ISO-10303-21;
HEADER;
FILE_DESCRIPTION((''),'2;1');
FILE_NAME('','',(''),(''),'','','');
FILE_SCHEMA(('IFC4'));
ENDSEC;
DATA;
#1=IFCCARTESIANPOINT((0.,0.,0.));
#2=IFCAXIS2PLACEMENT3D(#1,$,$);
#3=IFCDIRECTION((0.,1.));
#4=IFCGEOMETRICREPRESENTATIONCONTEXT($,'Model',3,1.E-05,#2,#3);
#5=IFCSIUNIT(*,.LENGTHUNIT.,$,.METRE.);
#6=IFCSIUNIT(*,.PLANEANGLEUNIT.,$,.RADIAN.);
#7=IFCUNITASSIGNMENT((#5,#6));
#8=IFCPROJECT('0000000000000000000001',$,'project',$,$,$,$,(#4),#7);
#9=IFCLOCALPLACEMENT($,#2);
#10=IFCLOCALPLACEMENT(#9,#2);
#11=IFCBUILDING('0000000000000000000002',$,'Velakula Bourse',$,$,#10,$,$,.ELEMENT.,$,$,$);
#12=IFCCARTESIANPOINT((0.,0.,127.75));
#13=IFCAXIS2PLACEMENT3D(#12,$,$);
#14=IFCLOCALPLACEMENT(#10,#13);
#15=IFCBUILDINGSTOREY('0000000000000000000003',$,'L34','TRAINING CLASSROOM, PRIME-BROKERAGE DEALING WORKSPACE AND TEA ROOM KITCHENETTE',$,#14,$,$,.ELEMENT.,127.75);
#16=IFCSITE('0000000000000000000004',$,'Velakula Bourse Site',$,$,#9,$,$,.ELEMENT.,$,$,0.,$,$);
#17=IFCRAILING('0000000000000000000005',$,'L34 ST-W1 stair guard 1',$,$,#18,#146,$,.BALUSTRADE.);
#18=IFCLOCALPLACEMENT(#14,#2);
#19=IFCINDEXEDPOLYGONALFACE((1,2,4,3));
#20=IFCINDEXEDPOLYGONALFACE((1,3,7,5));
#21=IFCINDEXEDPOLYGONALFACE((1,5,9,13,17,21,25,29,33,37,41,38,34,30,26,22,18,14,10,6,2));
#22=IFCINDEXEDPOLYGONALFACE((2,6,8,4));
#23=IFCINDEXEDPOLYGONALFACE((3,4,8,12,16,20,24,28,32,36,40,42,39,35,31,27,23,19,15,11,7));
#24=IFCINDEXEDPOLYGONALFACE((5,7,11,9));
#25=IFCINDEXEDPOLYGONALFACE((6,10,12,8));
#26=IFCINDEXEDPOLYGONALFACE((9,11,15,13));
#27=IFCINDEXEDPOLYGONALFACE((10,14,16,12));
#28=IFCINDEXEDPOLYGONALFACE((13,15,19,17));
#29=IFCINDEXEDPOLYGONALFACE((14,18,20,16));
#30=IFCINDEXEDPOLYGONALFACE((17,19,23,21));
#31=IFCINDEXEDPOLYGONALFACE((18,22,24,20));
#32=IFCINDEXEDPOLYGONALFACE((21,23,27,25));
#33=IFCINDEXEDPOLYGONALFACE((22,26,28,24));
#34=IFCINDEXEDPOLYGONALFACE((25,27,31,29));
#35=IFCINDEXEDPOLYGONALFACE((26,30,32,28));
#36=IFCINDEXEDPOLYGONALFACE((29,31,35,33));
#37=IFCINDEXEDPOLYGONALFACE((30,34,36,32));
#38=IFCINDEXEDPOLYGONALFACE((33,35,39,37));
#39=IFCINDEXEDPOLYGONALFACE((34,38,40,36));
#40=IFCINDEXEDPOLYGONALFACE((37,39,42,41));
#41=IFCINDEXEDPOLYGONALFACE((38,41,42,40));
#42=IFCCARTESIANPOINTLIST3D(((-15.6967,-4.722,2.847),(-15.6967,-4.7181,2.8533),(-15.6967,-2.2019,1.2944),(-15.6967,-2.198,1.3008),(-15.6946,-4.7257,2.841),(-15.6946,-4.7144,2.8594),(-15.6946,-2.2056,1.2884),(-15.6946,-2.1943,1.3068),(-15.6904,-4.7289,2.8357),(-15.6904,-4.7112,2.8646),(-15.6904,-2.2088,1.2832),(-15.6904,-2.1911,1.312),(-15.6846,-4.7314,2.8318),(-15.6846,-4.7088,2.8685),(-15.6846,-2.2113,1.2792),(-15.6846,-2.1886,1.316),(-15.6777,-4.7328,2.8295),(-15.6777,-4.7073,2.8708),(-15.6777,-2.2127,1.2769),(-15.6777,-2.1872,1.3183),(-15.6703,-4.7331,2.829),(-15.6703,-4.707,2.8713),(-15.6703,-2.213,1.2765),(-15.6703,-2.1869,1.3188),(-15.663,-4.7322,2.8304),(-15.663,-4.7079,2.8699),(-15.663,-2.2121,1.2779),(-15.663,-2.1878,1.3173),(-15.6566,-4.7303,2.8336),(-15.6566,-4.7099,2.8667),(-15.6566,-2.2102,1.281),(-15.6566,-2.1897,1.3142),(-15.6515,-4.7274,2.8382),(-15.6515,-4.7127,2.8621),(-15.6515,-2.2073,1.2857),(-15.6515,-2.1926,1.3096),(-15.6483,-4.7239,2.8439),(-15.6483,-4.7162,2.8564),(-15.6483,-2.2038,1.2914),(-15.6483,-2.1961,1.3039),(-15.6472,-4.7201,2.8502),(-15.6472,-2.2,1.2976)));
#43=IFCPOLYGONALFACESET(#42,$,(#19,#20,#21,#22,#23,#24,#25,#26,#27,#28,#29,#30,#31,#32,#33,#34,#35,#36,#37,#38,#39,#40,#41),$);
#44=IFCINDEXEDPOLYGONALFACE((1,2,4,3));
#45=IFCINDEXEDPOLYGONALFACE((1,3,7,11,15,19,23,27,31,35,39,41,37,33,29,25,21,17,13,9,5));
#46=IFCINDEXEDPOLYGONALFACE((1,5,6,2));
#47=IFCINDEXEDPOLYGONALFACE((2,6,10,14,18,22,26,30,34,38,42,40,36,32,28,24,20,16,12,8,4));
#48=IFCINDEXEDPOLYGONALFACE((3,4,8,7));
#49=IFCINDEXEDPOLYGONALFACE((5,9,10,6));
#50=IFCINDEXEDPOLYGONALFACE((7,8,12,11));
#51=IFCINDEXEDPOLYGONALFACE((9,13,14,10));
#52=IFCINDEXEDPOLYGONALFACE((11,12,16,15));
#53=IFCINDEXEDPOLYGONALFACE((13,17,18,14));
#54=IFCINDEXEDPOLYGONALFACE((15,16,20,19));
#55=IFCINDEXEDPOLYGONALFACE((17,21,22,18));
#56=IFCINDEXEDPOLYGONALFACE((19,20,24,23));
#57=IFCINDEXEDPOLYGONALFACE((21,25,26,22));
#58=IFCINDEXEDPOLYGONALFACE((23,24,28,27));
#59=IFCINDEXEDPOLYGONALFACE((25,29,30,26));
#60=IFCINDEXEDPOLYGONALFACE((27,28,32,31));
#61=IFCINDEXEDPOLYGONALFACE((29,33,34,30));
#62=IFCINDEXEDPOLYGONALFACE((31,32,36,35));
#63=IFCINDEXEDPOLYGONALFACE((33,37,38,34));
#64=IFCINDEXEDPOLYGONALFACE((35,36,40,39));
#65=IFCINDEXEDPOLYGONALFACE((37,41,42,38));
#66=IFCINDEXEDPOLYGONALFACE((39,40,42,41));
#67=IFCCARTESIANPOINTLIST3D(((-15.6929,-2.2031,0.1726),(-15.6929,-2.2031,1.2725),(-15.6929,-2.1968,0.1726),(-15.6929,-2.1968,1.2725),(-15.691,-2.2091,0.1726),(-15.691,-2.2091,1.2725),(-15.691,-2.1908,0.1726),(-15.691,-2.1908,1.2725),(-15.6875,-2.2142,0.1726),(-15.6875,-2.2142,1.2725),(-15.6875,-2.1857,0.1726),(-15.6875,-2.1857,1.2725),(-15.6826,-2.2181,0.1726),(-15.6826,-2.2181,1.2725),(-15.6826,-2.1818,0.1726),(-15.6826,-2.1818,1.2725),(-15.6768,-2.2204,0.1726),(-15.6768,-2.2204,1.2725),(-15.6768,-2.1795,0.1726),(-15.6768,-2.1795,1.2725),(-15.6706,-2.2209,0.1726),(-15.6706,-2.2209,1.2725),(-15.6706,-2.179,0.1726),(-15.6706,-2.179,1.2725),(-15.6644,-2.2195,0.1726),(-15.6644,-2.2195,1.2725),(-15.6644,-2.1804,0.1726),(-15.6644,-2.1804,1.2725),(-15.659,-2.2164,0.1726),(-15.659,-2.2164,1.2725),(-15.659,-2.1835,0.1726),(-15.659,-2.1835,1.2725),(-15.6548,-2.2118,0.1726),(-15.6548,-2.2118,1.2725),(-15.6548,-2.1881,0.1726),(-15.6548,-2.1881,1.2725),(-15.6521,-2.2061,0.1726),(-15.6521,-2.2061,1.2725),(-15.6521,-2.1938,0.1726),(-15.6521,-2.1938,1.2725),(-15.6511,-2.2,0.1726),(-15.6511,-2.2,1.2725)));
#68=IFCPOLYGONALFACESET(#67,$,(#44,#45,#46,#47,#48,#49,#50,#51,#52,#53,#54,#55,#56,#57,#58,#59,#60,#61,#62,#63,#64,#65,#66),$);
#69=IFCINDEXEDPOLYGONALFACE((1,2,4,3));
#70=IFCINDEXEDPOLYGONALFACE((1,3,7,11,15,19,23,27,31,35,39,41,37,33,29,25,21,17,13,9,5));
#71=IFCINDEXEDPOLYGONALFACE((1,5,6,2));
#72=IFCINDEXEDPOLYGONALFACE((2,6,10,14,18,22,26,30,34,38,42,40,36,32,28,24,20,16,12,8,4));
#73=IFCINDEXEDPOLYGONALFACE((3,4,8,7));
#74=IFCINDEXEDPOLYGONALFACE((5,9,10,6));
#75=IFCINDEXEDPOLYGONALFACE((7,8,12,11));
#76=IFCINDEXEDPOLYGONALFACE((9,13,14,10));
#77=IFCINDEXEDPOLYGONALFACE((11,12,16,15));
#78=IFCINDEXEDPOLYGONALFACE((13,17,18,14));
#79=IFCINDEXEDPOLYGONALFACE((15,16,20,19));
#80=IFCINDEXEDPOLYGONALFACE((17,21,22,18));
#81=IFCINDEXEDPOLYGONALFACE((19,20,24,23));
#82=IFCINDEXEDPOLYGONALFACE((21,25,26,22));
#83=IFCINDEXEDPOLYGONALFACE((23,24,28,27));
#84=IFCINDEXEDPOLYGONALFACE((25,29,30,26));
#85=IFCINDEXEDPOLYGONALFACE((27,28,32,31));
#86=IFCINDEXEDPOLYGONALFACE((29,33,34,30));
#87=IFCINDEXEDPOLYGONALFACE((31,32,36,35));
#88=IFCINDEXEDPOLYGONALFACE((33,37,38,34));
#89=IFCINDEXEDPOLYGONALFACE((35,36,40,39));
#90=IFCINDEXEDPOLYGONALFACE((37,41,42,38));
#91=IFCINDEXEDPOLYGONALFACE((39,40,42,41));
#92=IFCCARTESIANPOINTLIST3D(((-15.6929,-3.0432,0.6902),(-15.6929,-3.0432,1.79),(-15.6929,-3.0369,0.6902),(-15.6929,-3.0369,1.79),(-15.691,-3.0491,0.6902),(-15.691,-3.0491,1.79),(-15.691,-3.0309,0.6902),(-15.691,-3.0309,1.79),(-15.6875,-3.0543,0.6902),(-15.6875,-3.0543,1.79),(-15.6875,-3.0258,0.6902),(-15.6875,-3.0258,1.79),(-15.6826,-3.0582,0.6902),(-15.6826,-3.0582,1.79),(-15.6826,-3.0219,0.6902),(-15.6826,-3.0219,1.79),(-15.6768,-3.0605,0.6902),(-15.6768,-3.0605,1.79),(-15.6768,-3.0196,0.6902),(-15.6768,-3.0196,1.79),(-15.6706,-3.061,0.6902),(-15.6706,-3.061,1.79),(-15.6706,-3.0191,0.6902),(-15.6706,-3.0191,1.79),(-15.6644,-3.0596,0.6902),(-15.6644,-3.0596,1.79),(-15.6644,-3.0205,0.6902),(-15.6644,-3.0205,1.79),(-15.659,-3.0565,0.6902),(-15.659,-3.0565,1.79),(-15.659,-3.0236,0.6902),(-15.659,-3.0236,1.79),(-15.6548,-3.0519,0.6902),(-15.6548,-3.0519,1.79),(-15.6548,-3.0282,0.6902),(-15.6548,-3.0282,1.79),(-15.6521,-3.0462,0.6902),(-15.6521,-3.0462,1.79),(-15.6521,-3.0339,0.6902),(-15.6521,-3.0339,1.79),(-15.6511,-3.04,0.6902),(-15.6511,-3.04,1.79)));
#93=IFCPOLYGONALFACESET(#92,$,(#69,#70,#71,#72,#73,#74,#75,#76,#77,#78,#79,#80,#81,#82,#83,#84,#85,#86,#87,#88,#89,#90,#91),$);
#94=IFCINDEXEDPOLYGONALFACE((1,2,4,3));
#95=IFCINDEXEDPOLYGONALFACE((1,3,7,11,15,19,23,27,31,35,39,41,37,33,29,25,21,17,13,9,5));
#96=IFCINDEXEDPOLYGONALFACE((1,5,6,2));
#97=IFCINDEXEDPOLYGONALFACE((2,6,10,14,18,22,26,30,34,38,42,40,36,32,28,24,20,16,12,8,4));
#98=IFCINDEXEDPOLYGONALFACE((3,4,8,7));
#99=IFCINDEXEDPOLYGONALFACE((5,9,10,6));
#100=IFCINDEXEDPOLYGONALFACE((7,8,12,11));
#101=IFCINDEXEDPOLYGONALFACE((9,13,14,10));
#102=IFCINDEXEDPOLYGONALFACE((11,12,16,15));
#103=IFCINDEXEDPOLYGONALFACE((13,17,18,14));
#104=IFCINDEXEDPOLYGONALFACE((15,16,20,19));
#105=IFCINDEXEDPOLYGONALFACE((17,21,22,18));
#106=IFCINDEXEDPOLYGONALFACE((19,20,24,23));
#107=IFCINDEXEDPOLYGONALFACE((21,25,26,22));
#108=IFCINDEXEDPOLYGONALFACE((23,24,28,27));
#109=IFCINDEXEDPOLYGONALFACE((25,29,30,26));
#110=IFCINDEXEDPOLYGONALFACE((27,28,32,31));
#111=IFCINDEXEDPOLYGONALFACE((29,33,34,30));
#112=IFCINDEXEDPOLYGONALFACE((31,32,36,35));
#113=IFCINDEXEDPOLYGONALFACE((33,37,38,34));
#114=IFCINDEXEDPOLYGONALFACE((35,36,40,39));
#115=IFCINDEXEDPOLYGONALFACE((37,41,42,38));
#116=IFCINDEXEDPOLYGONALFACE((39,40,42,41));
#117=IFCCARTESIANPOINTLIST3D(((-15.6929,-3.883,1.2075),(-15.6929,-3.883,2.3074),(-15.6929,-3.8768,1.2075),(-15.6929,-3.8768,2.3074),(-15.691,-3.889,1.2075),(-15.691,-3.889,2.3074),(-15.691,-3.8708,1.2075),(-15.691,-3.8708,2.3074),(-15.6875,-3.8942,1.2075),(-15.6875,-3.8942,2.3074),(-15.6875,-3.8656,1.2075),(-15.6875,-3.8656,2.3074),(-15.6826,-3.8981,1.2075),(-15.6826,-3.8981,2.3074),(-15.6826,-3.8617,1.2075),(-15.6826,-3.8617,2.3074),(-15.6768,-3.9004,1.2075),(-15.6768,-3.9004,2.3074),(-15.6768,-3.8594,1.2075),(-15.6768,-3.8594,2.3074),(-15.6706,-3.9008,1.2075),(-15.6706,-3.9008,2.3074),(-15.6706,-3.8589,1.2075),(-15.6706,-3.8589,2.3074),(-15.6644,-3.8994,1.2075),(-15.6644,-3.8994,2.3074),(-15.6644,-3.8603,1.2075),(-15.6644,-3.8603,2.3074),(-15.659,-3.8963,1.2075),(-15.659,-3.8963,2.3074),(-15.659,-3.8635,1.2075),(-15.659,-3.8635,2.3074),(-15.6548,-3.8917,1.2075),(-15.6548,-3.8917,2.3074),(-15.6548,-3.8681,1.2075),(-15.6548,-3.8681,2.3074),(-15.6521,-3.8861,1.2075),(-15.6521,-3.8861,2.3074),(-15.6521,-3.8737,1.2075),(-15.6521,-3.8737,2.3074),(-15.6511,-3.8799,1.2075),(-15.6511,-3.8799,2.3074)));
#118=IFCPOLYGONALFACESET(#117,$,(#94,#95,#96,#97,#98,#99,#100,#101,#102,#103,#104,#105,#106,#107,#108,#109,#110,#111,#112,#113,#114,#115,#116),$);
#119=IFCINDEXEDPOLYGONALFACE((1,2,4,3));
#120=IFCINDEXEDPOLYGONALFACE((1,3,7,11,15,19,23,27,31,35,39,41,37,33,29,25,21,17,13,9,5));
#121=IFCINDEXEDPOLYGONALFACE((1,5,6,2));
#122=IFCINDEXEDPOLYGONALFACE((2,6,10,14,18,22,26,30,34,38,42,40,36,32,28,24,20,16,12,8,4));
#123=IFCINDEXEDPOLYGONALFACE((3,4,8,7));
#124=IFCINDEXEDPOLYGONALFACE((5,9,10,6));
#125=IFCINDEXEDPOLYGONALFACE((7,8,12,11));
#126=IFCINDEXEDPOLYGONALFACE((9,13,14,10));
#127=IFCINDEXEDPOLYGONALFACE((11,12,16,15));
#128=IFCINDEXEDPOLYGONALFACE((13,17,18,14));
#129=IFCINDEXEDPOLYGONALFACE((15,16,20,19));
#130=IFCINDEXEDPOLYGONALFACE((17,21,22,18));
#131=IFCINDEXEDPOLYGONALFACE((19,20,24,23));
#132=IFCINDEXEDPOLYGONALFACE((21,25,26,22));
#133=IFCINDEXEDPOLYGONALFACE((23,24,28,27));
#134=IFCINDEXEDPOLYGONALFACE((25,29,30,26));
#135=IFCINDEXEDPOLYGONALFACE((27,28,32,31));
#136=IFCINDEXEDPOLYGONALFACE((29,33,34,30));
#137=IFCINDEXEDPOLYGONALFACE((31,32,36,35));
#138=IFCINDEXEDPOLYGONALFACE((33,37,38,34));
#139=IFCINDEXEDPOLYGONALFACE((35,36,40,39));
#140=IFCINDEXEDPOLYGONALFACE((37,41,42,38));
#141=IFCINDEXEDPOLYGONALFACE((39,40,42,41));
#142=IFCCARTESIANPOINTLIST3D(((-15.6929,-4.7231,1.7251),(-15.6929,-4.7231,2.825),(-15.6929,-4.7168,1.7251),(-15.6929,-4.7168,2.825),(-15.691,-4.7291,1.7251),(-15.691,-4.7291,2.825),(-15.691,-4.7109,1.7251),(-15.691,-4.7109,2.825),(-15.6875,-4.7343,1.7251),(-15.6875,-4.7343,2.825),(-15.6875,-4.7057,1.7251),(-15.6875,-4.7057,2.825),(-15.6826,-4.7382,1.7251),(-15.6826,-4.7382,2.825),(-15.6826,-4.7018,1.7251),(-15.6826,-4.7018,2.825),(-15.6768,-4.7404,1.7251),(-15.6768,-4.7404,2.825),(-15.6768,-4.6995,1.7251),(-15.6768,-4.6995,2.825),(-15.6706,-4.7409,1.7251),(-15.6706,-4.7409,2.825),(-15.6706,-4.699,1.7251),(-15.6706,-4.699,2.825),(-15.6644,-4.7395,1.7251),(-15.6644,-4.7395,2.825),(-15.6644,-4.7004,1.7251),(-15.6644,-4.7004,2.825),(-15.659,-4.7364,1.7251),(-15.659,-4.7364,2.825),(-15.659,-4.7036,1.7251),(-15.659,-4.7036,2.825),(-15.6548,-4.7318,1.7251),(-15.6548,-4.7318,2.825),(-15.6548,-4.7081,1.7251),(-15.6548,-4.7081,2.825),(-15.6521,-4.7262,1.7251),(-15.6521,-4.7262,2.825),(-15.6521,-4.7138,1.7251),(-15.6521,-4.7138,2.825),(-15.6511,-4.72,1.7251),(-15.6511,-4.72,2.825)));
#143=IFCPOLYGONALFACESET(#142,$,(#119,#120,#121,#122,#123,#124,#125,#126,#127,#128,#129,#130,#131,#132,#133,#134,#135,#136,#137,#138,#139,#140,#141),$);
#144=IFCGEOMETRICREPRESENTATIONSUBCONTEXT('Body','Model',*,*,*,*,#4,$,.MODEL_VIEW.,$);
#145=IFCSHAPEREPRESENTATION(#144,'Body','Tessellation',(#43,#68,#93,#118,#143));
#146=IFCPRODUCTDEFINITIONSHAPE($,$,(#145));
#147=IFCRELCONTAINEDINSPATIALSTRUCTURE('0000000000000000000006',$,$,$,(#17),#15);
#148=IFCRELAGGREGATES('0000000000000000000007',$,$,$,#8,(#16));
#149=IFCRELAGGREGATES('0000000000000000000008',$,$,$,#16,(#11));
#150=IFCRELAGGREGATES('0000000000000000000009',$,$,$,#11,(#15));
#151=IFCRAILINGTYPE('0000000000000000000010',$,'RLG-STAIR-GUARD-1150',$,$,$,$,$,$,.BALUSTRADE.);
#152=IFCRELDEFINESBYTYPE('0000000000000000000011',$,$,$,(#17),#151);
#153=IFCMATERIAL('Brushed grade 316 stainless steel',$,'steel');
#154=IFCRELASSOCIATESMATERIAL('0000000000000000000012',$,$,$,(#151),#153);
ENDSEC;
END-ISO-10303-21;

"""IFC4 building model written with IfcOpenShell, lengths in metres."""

from ifc_helpers import new_model, si_unit, direction, frame, origin, origin_2d, place, context, subcontext, project, spatial, circle, extrude, material, type_object, element, save


model = new_model("IFC4")

# Units and contexts
model_context = context("Model", 3, precision=1e-05, world=origin(), true_north=direction((0.0, 1.0)))
body_context = subcontext(model_context, "Body", "Model", "MODEL_VIEW")
ifc_project = project(units=[si_unit("LENGTHUNIT", "METRE"), si_unit("PLANEANGLEUNIT", "RADIAN")], contexts=[model_context])

# Site, building, storey
site_placement = place(None, origin())
site = spatial("IfcSite", under=ifc_project, at=site_placement, Name="Velakula Bourse Site", CompositionType="ELEMENT", RefElevation=0.0)
building_placement = place(site_placement, origin())
building = spatial("IfcBuilding", under=site, at=building_placement, Name="Velakula Bourse", CompositionType="ELEMENT")
storey_placement = place(building_placement, frame((0.0, 0.0, 127.75)))
storey = spatial("IfcBuildingStorey", under=building, at=storey_placement, Name="L34", Description="TRAINING CLASSROOM, PRIME-BROKERAGE DEALING WORKSPACE AND TEA ROOM KITCHENETTE", CompositionType="ELEMENT", Elevation=127.75)

# Shared definitions
ifc_material_1 = material(Name="Brushed grade 316 stainless steel", Category="steel")

# Railing
railing_type_1 = type_object("IfcRailingType", Name="RLG-STAIR-GUARD-1150", PredefinedType="BALUSTRADE", material=ifc_material_1)
railing_1_placement = place(storey_placement, frame((-15.6721, -2.2, 0.1726)))
element("IfcRailing", 1, at=railing_1_placement, inside=storey, type_object=railing_type_1, Name="L34 ST-W1 stair guard 1", PredefinedType="BALUSTRADE", context=body_context, shape_type="SweptSolid", body=[
    extrude(circle(Radius=0.0249, at=origin_2d()), frame((0.0, 0.0, 1.125), z_axis=(0.0, -0.8514, 0.524516), x_axis=(1.0, 0.0, 0.0)), (0.0, 0.0, 1.0), 2.96),
    extrude(circle(Radius=0.021, at=origin_2d()), origin(), (0.0, 0.0, 1.0), 1.0999),
    extrude(circle(Radius=0.021, at=origin_2d()), frame((0.0, -0.8401, 0.5176)), (0.0, 0.0, 1.0), 1.0999),
    extrude(circle(Radius=0.021, at=origin_2d()), frame((0.0, -1.6799, 1.0349)), (0.0, 0.0, 1.0), 1.0999),
    extrude(circle(Radius=0.021, at=origin_2d()), frame((0.0, -2.52, 1.5525)), (0.0, 0.0, 1.0), 1.0999),
])

save(model, "model.ifc")
